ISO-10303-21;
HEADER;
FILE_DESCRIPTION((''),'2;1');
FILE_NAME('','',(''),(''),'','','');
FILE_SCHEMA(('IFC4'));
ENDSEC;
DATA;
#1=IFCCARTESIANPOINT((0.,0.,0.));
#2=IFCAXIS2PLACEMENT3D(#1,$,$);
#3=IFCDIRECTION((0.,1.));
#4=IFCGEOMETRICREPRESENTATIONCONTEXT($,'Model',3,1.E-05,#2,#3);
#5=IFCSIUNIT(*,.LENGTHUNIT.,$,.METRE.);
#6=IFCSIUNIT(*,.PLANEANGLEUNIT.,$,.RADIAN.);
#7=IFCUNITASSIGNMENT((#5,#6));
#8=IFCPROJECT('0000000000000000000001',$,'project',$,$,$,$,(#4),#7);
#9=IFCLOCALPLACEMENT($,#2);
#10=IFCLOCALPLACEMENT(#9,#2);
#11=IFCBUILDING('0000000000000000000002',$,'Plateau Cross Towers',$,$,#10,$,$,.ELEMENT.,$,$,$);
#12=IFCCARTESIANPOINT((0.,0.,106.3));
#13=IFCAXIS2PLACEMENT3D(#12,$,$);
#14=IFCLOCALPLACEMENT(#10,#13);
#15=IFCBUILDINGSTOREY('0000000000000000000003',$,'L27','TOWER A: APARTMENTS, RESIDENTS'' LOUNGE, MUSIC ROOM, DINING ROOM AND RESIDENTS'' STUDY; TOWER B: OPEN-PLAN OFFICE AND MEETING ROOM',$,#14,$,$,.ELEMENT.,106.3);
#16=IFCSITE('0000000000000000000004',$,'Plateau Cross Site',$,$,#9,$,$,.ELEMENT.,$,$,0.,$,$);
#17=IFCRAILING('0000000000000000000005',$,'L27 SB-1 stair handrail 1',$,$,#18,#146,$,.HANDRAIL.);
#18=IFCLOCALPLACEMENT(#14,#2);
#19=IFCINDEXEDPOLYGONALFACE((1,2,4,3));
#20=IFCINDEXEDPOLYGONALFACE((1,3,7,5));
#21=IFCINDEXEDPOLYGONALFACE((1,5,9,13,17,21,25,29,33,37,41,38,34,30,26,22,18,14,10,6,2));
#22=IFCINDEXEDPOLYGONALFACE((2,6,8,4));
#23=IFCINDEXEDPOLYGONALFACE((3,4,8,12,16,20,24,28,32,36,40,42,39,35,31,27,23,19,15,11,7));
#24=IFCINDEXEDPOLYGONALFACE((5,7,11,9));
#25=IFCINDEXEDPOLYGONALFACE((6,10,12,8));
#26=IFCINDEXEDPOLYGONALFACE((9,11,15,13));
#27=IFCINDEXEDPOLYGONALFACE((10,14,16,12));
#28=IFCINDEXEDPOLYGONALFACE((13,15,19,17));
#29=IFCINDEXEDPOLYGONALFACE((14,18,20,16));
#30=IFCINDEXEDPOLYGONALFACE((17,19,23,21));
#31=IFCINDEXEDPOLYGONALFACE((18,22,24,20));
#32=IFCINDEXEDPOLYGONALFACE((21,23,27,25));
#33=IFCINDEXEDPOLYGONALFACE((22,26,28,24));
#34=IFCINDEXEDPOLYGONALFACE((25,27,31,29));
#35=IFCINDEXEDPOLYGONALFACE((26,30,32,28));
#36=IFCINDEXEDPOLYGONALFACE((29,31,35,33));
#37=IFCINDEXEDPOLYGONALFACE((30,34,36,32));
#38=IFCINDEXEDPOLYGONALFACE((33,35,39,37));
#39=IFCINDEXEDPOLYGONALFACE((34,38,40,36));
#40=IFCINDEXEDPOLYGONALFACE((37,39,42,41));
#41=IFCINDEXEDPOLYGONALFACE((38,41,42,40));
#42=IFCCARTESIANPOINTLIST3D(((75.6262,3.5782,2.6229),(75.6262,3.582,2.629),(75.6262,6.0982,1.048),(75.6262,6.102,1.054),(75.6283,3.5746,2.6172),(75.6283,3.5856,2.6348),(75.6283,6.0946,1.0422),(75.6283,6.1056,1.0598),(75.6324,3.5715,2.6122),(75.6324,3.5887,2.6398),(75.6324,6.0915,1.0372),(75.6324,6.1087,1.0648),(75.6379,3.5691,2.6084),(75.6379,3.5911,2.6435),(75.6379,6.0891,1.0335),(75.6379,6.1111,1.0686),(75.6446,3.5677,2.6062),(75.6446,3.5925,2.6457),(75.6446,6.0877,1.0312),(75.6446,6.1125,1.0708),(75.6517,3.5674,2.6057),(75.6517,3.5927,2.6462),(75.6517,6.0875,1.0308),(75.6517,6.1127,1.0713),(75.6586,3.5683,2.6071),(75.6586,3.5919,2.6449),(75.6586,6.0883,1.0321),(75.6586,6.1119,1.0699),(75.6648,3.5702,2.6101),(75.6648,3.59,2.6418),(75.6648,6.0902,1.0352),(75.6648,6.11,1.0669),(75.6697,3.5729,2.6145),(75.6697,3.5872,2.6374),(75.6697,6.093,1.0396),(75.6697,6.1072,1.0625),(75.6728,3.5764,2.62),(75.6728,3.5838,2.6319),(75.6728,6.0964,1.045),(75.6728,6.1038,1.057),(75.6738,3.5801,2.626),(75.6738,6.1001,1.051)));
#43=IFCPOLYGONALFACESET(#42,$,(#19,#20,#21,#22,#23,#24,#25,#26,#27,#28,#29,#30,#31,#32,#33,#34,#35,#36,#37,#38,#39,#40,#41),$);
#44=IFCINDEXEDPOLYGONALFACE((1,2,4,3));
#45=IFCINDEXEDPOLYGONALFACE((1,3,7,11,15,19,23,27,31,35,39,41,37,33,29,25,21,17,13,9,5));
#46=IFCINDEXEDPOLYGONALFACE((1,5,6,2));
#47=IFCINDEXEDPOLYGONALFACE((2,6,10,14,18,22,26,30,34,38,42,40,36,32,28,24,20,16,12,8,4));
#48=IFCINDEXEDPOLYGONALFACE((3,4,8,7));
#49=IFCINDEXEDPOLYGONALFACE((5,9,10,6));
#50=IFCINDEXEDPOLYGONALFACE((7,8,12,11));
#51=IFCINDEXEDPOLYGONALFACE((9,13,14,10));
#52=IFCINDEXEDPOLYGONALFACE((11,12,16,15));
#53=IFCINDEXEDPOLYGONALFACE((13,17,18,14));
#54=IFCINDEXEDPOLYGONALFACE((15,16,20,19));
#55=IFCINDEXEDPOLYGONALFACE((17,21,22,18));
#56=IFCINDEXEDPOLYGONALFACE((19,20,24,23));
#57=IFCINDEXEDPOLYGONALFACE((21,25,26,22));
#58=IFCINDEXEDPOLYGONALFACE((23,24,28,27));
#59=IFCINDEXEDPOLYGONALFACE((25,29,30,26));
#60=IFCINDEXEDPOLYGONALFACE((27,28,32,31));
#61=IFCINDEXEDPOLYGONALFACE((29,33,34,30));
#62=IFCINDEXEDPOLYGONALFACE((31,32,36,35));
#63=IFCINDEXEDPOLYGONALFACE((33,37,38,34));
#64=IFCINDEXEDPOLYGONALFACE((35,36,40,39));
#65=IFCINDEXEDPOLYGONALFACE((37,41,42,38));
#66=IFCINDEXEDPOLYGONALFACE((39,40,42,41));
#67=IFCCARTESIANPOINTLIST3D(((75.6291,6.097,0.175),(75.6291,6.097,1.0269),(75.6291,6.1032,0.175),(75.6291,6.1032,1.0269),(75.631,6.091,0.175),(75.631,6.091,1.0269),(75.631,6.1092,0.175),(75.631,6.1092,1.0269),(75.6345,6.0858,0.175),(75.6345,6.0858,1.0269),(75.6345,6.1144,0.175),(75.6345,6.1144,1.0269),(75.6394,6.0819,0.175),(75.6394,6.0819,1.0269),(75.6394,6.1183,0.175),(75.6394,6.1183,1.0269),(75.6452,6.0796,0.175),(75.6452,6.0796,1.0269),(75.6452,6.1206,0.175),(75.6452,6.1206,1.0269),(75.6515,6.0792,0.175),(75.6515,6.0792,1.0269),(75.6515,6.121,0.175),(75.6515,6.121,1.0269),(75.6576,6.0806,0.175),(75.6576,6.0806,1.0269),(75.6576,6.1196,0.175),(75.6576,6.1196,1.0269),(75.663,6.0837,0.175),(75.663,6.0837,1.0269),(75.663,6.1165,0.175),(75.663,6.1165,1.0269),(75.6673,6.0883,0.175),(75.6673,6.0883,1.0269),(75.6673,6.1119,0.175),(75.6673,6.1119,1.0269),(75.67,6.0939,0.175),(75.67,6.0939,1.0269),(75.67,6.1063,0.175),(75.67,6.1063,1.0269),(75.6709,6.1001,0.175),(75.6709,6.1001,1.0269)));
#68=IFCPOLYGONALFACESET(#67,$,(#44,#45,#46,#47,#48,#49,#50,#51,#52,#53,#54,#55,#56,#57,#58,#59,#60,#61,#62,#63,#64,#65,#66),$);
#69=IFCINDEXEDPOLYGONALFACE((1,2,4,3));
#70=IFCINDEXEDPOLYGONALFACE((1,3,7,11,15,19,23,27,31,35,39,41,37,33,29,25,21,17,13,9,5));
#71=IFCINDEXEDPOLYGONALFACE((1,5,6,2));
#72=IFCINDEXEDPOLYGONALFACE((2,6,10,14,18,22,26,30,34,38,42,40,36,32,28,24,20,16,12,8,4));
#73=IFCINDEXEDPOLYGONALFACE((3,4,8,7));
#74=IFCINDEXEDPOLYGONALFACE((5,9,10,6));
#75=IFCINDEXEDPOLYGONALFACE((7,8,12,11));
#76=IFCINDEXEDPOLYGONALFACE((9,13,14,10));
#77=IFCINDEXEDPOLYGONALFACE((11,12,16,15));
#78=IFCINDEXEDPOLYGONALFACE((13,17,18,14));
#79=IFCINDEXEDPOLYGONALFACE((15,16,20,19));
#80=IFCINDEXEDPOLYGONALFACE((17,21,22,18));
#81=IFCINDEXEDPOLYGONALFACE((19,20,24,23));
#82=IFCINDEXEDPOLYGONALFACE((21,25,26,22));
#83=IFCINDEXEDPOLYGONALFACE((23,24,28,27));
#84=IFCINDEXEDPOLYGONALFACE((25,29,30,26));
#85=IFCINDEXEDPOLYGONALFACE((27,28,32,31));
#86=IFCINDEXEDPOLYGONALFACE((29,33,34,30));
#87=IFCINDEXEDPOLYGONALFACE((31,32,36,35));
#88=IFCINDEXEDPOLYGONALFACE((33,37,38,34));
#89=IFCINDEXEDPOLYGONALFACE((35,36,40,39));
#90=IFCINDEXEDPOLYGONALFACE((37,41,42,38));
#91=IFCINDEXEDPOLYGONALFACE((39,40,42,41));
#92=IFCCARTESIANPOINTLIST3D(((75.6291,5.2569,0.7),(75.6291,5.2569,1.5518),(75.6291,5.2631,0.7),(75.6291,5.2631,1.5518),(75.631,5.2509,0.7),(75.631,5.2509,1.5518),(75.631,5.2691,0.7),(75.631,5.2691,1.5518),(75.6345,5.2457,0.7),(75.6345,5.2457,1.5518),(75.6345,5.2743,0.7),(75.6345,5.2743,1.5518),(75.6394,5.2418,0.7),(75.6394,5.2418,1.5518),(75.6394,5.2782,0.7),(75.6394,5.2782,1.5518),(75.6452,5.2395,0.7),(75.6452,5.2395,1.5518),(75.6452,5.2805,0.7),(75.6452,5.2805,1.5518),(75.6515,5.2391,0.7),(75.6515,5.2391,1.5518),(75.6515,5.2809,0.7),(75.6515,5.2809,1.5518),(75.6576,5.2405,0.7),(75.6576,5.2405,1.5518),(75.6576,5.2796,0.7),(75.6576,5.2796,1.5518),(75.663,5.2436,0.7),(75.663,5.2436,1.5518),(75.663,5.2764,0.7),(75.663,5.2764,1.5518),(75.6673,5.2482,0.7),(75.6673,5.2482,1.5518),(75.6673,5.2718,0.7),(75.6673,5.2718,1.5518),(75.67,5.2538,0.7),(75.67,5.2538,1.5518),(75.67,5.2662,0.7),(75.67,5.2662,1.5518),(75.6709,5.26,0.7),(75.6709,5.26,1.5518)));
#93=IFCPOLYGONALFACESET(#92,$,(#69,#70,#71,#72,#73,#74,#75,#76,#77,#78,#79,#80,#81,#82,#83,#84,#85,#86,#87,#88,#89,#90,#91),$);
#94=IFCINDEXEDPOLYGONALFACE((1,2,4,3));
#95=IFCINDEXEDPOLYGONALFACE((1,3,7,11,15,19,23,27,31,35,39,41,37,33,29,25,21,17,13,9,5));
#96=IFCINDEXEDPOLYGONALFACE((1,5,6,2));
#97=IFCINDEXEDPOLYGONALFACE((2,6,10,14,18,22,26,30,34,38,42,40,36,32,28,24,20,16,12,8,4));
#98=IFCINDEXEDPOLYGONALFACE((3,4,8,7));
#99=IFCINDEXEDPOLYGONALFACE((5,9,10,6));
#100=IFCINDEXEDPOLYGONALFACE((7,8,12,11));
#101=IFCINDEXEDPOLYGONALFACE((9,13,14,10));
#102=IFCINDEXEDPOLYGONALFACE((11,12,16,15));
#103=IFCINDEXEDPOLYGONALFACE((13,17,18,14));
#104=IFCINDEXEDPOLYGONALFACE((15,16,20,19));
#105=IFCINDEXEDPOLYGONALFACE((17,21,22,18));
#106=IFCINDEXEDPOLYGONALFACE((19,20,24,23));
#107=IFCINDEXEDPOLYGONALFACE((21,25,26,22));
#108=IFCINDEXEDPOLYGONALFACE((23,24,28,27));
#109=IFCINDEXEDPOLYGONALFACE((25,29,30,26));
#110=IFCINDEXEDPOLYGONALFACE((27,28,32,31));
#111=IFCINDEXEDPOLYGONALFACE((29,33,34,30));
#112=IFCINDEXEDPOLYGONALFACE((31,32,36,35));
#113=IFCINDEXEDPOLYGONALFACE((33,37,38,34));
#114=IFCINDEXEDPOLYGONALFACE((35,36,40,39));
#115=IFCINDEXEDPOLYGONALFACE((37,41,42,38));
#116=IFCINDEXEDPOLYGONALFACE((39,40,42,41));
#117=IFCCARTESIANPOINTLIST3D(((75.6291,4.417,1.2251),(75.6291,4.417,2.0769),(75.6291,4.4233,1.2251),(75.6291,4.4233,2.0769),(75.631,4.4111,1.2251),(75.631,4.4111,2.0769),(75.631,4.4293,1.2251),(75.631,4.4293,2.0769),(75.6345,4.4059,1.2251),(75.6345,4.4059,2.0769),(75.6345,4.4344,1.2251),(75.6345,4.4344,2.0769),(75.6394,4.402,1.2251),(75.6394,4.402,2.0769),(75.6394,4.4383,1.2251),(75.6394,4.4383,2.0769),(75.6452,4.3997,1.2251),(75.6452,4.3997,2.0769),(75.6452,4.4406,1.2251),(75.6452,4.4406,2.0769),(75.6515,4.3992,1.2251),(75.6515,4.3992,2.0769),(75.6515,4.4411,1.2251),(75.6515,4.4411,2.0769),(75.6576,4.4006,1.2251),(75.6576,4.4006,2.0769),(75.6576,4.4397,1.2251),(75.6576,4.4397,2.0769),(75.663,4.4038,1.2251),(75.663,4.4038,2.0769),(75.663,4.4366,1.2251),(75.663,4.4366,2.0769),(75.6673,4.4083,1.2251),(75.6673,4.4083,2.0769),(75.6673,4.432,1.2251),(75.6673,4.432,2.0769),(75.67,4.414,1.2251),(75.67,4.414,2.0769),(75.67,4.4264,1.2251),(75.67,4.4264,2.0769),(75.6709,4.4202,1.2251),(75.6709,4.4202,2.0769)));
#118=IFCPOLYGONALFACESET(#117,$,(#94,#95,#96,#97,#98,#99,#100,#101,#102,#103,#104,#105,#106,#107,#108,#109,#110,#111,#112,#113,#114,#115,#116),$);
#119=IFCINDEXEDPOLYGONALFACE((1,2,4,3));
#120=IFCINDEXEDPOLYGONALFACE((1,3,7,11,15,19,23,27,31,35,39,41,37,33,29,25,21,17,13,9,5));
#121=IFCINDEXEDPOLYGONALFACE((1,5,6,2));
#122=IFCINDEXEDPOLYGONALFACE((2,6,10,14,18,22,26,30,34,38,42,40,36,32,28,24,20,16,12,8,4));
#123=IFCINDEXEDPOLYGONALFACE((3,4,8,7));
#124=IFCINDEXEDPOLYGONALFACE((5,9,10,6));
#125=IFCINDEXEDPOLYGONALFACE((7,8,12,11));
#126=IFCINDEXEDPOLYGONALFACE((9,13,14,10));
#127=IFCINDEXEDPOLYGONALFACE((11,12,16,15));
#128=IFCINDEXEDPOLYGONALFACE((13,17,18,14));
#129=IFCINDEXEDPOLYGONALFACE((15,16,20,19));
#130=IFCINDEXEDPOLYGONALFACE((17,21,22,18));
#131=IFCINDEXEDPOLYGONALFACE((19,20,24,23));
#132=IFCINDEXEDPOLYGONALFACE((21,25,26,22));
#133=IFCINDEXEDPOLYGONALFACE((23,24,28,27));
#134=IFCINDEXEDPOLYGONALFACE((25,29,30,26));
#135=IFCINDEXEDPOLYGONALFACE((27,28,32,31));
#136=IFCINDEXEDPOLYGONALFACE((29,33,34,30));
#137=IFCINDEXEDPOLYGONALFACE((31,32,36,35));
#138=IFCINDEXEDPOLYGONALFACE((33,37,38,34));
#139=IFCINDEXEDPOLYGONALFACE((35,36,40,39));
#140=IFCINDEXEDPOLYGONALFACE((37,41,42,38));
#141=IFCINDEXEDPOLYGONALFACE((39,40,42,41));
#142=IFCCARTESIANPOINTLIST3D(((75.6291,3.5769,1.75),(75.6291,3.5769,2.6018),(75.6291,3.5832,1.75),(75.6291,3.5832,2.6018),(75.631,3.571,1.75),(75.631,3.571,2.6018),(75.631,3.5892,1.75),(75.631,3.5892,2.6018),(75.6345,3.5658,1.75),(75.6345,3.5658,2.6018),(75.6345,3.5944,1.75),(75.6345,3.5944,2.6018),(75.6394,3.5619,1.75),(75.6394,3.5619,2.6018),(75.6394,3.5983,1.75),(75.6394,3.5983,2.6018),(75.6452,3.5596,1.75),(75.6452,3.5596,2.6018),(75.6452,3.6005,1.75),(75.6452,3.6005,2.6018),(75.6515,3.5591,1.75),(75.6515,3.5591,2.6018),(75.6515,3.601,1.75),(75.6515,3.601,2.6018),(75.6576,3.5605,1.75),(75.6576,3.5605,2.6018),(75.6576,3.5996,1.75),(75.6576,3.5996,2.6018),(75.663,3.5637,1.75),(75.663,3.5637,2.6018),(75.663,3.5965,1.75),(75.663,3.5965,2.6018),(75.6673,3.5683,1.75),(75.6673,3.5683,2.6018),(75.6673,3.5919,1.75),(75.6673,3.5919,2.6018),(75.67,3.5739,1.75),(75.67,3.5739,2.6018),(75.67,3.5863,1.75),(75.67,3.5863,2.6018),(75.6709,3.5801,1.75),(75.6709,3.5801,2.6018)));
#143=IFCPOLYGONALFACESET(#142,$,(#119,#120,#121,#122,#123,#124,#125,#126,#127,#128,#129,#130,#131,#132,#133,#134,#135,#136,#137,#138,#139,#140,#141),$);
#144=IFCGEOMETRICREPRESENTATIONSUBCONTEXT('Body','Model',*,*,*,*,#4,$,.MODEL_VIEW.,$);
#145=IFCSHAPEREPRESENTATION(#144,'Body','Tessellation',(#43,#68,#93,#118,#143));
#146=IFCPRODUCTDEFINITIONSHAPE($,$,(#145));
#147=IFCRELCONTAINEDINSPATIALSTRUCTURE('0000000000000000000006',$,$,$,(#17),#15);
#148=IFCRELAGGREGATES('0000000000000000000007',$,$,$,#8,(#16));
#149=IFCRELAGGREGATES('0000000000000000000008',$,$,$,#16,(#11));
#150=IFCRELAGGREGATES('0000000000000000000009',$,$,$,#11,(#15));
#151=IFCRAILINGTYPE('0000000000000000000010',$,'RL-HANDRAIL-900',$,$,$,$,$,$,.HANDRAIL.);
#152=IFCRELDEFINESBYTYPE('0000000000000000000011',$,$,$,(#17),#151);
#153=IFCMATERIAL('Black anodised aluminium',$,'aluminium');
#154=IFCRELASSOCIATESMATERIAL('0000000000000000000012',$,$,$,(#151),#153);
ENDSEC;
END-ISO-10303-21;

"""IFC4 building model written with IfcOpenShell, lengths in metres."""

from ifc_helpers import new_model, si_unit, direction, frame, origin, origin_2d, place, context, subcontext, project, spatial, circle, extrude, material, type_object, element, save


model = new_model("IFC4")

# Units and contexts
model_context = context("Model", 3, precision=1e-05, world=origin(), true_north=direction((0.0, 1.0)))
body_context = subcontext(model_context, "Body", "Model", "MODEL_VIEW")
ifc_project = project(units=[si_unit("LENGTHUNIT", "METRE"), si_unit("PLANEANGLEUNIT", "RADIAN")], contexts=[model_context])

# Site, building, storey
site_placement = place(None, origin())
site = spatial("IfcSite", under=ifc_project, at=site_placement, Name="Plateau Cross Site", CompositionType="ELEMENT", RefElevation=0.0)
building_placement = place(site_placement, origin())
building = spatial("IfcBuilding", under=site, at=building_placement, Name="Plateau Cross Towers", CompositionType="ELEMENT")
storey_placement = place(building_placement, frame((0.0, 0.0, 106.3)))
storey = spatial("IfcBuildingStorey", under=building, at=storey_placement, Name="L27", Description="TOWER A: APARTMENTS, RESIDENTS' LOUNGE, MUSIC ROOM, DINING ROOM AND RESIDENTS' STUDY; TOWER B: OPEN-PLAN OFFICE AND MEETING ROOM", CompositionType="ELEMENT", Elevation=106.3)

# Railing
ifc_material_1 = material(Name="Black anodised aluminium", Category="aluminium")
railing_type_1 = type_object("IfcRailingType", Name="RL-HANDRAIL-900", PredefinedType="HANDRAIL", material=ifc_material_1)
railing_1_placement = place(storey_placement, frame((75.6499, 6.1001, 0.175)))
element("IfcRailing", 1, at=railing_1_placement, inside=storey, type_object=railing_type_1, Name="L27 SB-1 stair handrail 1", PredefinedType="HANDRAIL", context=body_context, shape_type="SweptSolid", body=[
    extrude(circle(Radius=0.0239, at=origin_2d()), frame((0.0, 0.0, 0.876), z_axis=(0.0, -0.848008, 0.529984), x_axis=(1.0, 0.0, 0.0)), (0.0, 0.0, 1.0), 2.9717),
    extrude(circle(Radius=0.021, at=origin_2d()), origin(), (0.0, 0.0, 1.0), 0.8518),
    extrude(circle(Radius=0.021, at=origin_2d()), frame((0.0, -0.8401, 0.5249)), (0.0, 0.0, 1.0), 0.8518),
    extrude(circle(Radius=0.021, at=origin_2d()), frame((0.0, -1.6799, 1.05)), (0.0, 0.0, 1.0), 0.8518),
    extrude(circle(Radius=0.021, at=origin_2d()), frame((0.0, -2.52, 1.575)), (0.0, 0.0, 1.0), 0.8518),
])

save(model, "model.ifc")
